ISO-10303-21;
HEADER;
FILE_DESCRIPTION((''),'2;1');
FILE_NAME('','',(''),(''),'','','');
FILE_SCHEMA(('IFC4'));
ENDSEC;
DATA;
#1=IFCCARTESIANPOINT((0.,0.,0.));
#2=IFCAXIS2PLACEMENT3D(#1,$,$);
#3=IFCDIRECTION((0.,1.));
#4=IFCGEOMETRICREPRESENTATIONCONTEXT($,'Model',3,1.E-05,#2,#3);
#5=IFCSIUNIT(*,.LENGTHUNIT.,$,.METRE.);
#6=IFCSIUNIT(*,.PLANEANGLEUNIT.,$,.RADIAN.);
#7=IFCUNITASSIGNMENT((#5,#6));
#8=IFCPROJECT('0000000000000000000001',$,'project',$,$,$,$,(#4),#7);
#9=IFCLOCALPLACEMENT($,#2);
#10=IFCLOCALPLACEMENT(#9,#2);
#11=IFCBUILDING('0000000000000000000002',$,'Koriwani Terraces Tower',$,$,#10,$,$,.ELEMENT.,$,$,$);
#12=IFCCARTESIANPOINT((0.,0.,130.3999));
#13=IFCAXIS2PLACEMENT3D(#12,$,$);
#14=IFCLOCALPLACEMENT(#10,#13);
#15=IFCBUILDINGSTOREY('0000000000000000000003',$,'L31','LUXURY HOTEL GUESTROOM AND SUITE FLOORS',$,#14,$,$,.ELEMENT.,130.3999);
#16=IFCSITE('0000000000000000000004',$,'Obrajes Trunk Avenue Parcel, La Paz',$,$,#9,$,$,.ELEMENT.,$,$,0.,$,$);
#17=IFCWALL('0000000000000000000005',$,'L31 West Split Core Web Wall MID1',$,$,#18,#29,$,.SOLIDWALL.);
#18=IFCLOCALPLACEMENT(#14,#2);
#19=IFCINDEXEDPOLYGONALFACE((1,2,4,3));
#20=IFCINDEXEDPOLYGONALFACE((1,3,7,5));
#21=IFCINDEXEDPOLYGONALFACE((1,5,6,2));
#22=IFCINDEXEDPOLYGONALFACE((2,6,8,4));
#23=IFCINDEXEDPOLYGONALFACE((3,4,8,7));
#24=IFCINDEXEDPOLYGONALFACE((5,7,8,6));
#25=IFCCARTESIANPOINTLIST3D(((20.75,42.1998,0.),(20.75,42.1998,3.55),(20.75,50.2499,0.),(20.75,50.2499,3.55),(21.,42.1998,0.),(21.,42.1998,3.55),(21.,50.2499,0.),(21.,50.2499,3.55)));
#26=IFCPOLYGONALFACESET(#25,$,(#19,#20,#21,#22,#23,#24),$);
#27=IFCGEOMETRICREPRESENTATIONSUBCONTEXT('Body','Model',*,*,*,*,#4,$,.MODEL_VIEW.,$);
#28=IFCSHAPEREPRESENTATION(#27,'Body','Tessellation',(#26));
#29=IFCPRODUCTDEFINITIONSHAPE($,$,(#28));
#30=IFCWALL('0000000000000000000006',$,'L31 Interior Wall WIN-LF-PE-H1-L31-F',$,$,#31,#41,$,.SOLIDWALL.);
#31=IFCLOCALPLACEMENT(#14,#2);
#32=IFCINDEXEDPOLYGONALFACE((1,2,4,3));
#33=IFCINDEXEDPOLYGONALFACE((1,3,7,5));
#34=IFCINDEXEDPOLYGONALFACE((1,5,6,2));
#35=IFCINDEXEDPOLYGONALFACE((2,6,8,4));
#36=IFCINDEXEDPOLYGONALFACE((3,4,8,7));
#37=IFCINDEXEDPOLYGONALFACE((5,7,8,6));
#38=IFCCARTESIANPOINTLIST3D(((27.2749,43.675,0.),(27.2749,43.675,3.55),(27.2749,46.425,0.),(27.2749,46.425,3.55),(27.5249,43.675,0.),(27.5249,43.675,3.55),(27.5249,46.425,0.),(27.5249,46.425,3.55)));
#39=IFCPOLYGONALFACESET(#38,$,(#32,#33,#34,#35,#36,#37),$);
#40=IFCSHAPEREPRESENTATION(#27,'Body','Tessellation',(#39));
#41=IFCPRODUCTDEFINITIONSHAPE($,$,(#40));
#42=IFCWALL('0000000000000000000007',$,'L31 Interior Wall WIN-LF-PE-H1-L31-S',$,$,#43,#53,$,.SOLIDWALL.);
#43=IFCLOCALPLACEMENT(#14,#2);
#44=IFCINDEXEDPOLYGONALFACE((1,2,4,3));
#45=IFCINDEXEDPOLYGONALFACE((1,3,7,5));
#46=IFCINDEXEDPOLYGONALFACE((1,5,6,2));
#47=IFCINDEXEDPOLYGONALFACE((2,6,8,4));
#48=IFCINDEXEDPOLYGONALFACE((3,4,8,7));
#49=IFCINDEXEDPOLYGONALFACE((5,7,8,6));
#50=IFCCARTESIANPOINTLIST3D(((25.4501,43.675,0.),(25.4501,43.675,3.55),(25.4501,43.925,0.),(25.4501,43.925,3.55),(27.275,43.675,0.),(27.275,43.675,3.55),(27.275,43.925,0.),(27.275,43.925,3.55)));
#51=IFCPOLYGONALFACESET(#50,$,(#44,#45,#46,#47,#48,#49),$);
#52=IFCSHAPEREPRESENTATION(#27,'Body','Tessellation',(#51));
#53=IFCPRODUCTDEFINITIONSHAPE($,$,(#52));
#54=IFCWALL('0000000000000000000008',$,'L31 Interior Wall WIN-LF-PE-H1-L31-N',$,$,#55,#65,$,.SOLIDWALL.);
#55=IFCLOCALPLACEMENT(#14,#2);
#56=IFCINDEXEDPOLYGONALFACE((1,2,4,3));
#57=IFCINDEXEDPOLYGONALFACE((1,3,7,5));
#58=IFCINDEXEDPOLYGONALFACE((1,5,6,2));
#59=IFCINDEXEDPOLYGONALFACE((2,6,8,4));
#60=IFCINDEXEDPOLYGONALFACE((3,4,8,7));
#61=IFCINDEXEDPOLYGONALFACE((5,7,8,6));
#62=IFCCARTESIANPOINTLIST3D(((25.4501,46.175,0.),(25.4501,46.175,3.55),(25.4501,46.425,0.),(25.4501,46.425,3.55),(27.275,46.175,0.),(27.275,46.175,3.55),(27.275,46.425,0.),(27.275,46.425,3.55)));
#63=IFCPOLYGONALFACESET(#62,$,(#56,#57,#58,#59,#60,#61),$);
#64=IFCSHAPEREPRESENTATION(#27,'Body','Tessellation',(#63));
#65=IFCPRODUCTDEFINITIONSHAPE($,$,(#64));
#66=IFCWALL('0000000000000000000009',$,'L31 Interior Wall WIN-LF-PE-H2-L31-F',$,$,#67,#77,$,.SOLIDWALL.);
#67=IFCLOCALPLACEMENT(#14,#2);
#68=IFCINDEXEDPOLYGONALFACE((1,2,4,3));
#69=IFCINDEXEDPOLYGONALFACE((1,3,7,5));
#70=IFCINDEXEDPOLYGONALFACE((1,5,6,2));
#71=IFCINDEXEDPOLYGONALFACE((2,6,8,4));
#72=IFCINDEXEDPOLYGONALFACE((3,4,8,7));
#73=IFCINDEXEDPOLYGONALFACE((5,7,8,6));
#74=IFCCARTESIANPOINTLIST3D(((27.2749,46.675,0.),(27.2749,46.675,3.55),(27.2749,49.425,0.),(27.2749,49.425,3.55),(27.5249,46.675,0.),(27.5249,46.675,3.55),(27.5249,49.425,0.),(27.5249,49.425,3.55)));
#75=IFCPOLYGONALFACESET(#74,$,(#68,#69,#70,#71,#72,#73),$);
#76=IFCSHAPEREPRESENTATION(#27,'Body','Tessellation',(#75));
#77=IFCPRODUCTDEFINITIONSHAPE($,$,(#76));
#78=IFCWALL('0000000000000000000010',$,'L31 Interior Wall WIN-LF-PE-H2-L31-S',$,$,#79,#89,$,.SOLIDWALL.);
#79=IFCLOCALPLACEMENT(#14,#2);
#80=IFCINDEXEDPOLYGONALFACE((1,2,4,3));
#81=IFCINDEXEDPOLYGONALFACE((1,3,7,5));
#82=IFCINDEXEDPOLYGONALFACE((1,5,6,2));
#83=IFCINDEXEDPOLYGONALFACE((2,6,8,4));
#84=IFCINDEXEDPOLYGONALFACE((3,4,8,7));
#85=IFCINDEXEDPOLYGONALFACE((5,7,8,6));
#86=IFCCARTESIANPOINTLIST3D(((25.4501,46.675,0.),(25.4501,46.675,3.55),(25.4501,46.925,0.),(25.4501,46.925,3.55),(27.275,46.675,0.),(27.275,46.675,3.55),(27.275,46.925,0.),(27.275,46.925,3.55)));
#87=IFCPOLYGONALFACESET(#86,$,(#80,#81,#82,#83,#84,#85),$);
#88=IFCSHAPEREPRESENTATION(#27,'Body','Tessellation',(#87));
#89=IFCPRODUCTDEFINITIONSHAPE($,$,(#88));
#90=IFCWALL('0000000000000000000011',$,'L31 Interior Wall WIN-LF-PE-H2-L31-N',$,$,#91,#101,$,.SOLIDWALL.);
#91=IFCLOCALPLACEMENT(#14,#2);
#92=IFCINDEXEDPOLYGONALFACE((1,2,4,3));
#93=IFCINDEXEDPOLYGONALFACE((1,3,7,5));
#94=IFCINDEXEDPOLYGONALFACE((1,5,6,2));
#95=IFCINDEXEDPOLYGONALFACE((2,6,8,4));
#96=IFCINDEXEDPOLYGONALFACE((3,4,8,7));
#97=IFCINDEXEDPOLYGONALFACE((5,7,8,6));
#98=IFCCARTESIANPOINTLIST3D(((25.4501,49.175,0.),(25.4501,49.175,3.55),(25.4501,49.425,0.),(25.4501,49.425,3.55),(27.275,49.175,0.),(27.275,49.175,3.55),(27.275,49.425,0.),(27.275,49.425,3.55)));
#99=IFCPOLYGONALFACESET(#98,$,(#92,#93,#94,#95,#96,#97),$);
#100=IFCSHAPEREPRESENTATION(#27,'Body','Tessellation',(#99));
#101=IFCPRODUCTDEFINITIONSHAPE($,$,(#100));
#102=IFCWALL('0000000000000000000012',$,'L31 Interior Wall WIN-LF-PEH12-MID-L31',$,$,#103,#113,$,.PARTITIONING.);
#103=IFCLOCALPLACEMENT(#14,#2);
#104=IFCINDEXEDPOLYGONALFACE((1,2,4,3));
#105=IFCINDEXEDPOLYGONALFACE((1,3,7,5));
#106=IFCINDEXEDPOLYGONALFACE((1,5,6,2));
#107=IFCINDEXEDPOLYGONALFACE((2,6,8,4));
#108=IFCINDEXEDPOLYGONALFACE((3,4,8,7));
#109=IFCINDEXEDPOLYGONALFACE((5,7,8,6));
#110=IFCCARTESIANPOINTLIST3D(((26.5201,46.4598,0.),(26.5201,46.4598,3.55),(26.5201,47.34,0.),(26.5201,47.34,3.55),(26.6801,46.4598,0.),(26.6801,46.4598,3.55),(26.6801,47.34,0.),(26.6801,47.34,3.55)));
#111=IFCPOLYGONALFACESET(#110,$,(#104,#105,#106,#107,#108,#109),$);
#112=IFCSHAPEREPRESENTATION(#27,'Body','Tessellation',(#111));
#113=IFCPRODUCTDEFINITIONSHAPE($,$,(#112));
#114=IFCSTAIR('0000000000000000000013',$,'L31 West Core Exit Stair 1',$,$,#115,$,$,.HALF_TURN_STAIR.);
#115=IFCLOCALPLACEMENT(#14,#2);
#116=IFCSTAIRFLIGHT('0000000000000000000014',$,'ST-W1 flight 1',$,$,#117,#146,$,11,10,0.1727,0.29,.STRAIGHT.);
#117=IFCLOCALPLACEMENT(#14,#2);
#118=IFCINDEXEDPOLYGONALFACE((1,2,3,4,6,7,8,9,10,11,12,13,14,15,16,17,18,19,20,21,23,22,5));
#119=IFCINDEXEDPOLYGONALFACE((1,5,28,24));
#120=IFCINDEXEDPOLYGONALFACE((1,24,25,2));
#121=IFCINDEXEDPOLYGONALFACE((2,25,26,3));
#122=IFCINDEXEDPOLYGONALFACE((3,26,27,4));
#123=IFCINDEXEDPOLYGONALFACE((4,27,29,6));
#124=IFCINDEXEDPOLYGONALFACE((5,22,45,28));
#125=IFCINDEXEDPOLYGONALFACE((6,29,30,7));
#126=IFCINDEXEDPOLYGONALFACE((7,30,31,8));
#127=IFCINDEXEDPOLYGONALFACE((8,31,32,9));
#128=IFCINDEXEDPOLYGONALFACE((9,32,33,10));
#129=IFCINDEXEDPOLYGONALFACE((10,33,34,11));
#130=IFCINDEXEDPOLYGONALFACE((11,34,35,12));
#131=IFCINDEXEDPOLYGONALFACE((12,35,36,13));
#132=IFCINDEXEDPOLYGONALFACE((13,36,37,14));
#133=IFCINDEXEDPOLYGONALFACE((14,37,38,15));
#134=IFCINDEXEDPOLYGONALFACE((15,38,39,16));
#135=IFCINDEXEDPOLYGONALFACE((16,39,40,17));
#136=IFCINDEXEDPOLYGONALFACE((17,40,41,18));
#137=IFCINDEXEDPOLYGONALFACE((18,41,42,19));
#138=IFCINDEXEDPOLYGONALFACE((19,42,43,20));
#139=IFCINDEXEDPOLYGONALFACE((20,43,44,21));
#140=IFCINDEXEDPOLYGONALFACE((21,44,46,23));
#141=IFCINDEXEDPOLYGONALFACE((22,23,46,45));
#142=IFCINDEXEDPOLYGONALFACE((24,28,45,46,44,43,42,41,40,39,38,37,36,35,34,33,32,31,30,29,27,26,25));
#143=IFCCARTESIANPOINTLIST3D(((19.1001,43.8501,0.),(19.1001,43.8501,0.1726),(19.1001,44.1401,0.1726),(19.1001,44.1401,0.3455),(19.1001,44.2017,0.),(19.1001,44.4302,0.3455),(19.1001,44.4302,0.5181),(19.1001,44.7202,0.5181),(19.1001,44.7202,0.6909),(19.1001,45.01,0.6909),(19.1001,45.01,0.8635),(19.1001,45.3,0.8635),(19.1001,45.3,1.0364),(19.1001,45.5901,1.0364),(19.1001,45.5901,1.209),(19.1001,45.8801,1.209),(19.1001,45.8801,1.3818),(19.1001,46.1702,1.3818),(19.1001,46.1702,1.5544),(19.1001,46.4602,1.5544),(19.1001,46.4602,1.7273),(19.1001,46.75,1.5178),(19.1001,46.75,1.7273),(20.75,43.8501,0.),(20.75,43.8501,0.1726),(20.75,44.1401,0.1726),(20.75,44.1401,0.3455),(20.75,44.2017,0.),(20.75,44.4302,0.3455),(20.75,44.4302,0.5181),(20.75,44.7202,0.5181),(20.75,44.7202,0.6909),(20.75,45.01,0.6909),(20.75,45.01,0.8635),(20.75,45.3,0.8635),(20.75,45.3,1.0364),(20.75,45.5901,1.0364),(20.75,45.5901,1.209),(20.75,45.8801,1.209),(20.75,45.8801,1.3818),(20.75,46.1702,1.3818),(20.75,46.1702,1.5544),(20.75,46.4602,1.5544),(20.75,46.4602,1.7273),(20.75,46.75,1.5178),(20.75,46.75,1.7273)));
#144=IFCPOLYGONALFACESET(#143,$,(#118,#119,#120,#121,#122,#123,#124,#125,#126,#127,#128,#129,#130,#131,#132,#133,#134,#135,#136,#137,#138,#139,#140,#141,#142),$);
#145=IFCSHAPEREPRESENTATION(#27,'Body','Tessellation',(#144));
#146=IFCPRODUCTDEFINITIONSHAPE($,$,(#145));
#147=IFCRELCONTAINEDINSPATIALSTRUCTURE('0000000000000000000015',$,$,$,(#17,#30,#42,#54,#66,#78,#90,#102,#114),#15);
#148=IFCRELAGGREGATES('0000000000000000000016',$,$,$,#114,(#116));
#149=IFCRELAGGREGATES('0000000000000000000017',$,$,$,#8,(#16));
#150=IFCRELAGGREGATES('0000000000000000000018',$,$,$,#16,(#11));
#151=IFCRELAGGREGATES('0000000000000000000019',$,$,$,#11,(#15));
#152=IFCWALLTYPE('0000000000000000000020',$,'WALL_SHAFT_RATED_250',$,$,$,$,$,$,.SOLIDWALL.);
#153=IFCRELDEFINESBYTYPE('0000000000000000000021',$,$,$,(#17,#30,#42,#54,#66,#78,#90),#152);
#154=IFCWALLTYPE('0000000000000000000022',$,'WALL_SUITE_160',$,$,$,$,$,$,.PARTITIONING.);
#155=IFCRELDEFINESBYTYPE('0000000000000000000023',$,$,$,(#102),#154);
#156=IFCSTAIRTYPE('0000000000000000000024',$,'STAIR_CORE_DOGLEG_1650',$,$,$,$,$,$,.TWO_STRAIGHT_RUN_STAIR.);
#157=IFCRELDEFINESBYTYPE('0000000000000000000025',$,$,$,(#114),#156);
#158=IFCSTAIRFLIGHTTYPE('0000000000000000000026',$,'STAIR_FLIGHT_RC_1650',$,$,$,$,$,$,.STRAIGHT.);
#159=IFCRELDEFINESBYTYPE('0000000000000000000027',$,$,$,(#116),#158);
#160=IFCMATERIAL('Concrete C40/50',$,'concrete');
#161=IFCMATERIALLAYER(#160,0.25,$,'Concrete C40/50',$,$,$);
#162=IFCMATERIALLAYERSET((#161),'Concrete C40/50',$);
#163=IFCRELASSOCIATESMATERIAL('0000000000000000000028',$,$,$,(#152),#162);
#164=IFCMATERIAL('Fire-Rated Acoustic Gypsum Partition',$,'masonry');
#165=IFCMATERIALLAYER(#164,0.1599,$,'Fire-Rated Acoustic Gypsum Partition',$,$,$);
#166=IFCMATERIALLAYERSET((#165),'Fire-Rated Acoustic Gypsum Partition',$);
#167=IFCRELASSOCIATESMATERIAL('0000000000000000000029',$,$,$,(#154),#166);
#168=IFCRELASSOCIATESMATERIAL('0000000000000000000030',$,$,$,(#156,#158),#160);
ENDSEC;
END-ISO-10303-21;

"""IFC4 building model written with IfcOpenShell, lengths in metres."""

from ifc_helpers import new_model, si_unit, direction, frame, frame_2d, origin, place, context, subcontext, project, spatial, polyline, rectangle, outline, extrude, material, layer, layer_set, type_object, element, aggregate, save


model = new_model("IFC4")

# Units and contexts
model_context = context("Model", 3, precision=1e-05, world=origin(), true_north=direction((0.0, 1.0)))
body_context = subcontext(model_context, "Body", "Model", "MODEL_VIEW")
ifc_project = project(units=[si_unit("LENGTHUNIT", "METRE"), si_unit("PLANEANGLEUNIT", "RADIAN")], contexts=[model_context])

# Site, building, storey
site_placement = place(None, origin())
site = spatial("IfcSite", under=ifc_project, at=site_placement, Name="Obrajes Trunk Avenue Parcel, La Paz", CompositionType="ELEMENT", RefElevation=0.0)
building_placement = place(site_placement, origin())
building = spatial("IfcBuilding", under=site, at=building_placement, Name="Koriwani Terraces Tower", CompositionType="ELEMENT")
storey_placement = place(building_placement, frame((0.0, 0.0, 130.3999)))
storey = spatial("IfcBuildingStorey", under=building, at=storey_placement, Name="L31", Description="LUXURY HOTEL GUESTROOM AND SUITE FLOORS", CompositionType="ELEMENT", Elevation=130.3999)

# Wall
ifc_material_1 = material(Name="Concrete C40/50", Category="concrete")
ifc_layer_1 = layer(ifc_material_1, 0.25, Name="Concrete C40/50")
ifc_layer_set_1 = layer_set([ifc_layer_1], Name="Concrete C40/50")
wall_type_1 = type_object("IfcWallType", Name="WALL_SHAFT_RATED_250", PredefinedType="SOLIDWALL", material=ifc_layer_set_1)
wall_1_placement = place(storey_placement, frame((20.875, 42.2, 0.0), z_axis=(0.0, 0.0, 1.0), x_axis=(0.0, 1.0, 0.0)))
element("IfcWall", 1, at=wall_1_placement, inside=storey, type_object=wall_type_1, Name="L31 West Split Core Web Wall MID1", PredefinedType="SOLIDWALL", context=body_context, shape_type="SweptSolid", body=[
    extrude(rectangle(XDim=8.05, YDim=0.25, at=frame_2d((4.0249, 0.0))), origin(), (0.0, 0.0, 1.0), 3.55),
])

# Walls
wall_2_placement = place(storey_placement, frame((27.3999, 43.675, 0.0), z_axis=(0.0, 0.0, 1.0), x_axis=(0.0, 1.0, 0.0)))
element("IfcWall", 2, at=wall_2_placement, inside=storey, type_object=wall_type_1, Name="L31 Interior Wall WIN-LF-PE-H1-L31-F", PredefinedType="SOLIDWALL", context=body_context, shape_type="SweptSolid", body=[
    extrude(rectangle(XDim=2.75, YDim=0.25, at=frame_2d((1.375, 0.0))), origin(), (0.0, 0.0, 1.0), 3.55),
])
for number, where, z_axis, x_axis, name in (
    (3, (25.45, 43.8, 0.0), (0.0, 0.0, 1.0), (1.0, 0.0, 0.0), "L31 Interior Wall WIN-LF-PE-H1-L31-S"),
    (4, (25.45, 46.3, 0.0), (0.0, 0.0, 1.0), (1.0, 0.0, 0.0), "L31 Interior Wall WIN-LF-PE-H1-L31-N"),
):
    element("IfcWall", number, at=place(storey_placement, frame(where, z_axis=z_axis, x_axis=x_axis)), inside=storey, type_object=wall_type_1, Name=name, PredefinedType="SOLIDWALL", context=body_context, shape_type="SweptSolid", body=[
        extrude(rectangle(XDim=1.825, YDim=0.25, at=frame_2d((0.9126, 0.0))), origin(), (0.0, 0.0, 1.0), 3.55),
    ])
wall_3_placement = place(storey_placement, frame((27.3999, 46.675, 0.0), z_axis=(0.0, 0.0, 1.0), x_axis=(0.0, 1.0, 0.0)))
element("IfcWall", 5, at=wall_3_placement, inside=storey, type_object=wall_type_1, Name="L31 Interior Wall WIN-LF-PE-H2-L31-F", PredefinedType="SOLIDWALL", context=body_context, shape_type="SweptSolid", body=[
    extrude(rectangle(XDim=2.75, YDim=0.25, at=frame_2d((1.375, 0.0))), origin(), (0.0, 0.0, 1.0), 3.55),
])
for number, where, z_axis, x_axis, name in (
    (6, (25.45, 46.8, 0.0), (0.0, 0.0, 1.0), (1.0, 0.0, 0.0), "L31 Interior Wall WIN-LF-PE-H2-L31-S"),
    (7, (25.45, 49.3, 0.0), (0.0, 0.0, 1.0), (1.0, 0.0, 0.0), "L31 Interior Wall WIN-LF-PE-H2-L31-N"),
):
    element("IfcWall", number, at=place(storey_placement, frame(where, z_axis=z_axis, x_axis=x_axis)), inside=storey, type_object=wall_type_1, Name=name, PredefinedType="SOLIDWALL", context=body_context, shape_type="SweptSolid", body=[
        extrude(rectangle(XDim=1.825, YDim=0.25, at=frame_2d((0.9126, 0.0))), origin(), (0.0, 0.0, 1.0), 3.55),
    ])
ifc_material_2 = material(Name="Fire-Rated Acoustic Gypsum Partition", Category="masonry")
ifc_layer_2 = layer(ifc_material_2, 0.1599, Name="Fire-Rated Acoustic Gypsum Partition")
ifc_layer_set_2 = layer_set([ifc_layer_2], Name="Fire-Rated Acoustic Gypsum Partition")
wall_type_2 = type_object("IfcWallType", Name="WALL_SUITE_160", PredefinedType="PARTITIONING", material=ifc_layer_set_2)
wall_4_placement = place(storey_placement, frame((26.6001, 46.46, 0.0), z_axis=(0.0, 0.0, 1.0), x_axis=(0.0, 1.0, 0.0)))
element("IfcWall", 8, at=wall_4_placement, inside=storey, type_object=wall_type_2, Name="L31 Interior Wall WIN-LF-PEH12-MID-L31", PredefinedType="PARTITIONING", context=body_context, shape_type="SweptSolid", body=[
    extrude(rectangle(XDim=0.8801, YDim=0.1599, at=frame_2d((0.4399, 0.0))), origin(), (0.0, 0.0, 1.0), 3.55),
])

# Stair, stair flight
stair_type = type_object("IfcStairType", Name="STAIR_CORE_DOGLEG_1650", PredefinedType="TWO_STRAIGHT_RUN_STAIR", material=ifc_material_1)
stair_placement = place(storey_placement, origin())
stair = element("IfcStair", 9, at=stair_placement, inside=storey, type_object=stair_type, Name="L31 West Core Exit Stair 1", PredefinedType="HALF_TURN_STAIR")
stair_flight_type = type_object("IfcStairFlightType", Name="STAIR_FLIGHT_RC_1650", PredefinedType="STRAIGHT", material=ifc_material_1)
stair_flight_placement = place(storey_placement, frame((19.925, 43.8501, 0.0), z_axis=(0.0, 0.0, 1.0), x_axis=(0.0, 1.0, 0.0)))
stair_flight = element("IfcStairFlight", 10, at=stair_flight_placement, type_object=stair_flight_type, Name="ST-W1 flight 1", NumberOfRisers=11, NumberOfTreads=10, PredefinedType="STRAIGHT", RiserHeight=0.1727, TreadLength=0.29, context=body_context, shape_type="SweptSolid", body=[
    extrude(outline(polyline([(0.0, 0.0), (0.0, 0.1726), (0.29, 0.1726), (0.29, 0.3455), (0.5801, 0.3455), (0.5801, 0.5181), (0.8701, 0.5181), (0.8701, 0.6909), (1.1599, 0.6909), (1.1599, 0.8635), (1.45, 0.8635), (1.45, 1.0364), (1.74, 1.0364), (1.74, 1.209), (2.03, 1.209), (2.03, 1.3818), (2.3201, 1.3818), (2.3201, 1.5544), (2.6101, 1.5544), (2.6101, 1.7273), (2.8999, 1.7273), (2.8999, 1.8999), (2.8999, 1.5178), (0.3516, 0.0), (0.0, 0.0)])), frame((0.0, 0.825, 0.0), z_axis=(0.0, -1.0, 0.0), x_axis=(1.0, 0.0, 0.0)), (0.0, 0.0, 1.0), 1.6499),
])
aggregate(stair, [stair_flight])

save(model, "model.ifc")
